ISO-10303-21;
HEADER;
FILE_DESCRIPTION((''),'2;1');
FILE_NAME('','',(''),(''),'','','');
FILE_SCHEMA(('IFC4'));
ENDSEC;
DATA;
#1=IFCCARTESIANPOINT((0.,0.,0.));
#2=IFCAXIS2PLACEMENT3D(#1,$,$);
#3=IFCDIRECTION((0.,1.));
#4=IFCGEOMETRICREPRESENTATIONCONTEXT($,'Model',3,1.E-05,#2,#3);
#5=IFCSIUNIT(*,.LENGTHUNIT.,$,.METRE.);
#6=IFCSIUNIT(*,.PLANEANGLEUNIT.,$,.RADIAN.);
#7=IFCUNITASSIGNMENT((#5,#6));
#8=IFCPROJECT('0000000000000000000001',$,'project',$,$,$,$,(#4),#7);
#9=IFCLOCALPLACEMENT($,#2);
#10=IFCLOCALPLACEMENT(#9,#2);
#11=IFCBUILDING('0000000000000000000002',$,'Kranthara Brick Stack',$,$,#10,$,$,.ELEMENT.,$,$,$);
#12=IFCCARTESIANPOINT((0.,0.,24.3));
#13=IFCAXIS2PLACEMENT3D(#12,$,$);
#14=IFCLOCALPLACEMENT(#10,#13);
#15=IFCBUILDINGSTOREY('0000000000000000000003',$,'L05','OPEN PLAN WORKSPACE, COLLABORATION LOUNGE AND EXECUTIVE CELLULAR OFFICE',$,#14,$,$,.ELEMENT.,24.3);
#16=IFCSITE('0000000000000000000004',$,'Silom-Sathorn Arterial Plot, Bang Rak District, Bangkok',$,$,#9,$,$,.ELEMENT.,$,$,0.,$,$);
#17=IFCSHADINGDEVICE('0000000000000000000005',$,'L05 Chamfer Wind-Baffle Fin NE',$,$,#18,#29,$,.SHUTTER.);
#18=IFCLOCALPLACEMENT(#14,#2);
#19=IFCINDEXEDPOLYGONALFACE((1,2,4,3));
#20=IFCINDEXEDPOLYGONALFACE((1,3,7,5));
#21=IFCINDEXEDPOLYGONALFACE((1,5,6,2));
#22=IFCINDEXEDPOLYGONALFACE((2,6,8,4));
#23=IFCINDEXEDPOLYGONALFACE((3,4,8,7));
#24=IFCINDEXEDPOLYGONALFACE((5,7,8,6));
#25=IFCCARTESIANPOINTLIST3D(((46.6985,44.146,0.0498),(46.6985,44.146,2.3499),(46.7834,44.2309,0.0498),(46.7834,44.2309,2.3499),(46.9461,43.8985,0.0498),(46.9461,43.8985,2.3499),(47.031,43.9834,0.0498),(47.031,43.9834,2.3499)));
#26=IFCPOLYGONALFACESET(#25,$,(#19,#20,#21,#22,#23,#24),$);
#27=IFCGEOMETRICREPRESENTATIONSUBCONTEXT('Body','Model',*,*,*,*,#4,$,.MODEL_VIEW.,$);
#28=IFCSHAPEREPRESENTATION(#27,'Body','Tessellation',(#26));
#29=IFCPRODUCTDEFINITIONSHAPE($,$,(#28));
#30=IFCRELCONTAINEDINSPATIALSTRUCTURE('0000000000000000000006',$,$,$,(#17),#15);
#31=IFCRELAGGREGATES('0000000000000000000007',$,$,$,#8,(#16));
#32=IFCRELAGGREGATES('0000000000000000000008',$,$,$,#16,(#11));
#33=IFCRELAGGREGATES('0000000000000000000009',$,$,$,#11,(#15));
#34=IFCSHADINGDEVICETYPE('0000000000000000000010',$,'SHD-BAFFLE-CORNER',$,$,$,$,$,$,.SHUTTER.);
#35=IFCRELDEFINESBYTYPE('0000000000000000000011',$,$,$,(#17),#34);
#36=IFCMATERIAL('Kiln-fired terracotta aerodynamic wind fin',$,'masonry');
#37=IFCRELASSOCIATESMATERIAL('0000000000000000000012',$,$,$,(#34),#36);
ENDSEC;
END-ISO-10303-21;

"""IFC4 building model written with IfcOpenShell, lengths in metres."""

from ifc_helpers import new_model, si_unit, direction, frame, origin, origin_2d, place, context, subcontext, project, spatial, rectangle, extrude, material, type_object, element, save


model = new_model("IFC4")

# Units and contexts
model_context = context("Model", 3, precision=1e-05, world=origin(), true_north=direction((0.0, 1.0)))
body_context = subcontext(model_context, "Body", "Model", "MODEL_VIEW")
ifc_project = project(units=[si_unit("LENGTHUNIT", "METRE"), si_unit("PLANEANGLEUNIT", "RADIAN")], contexts=[model_context])

# Site, building, storey
site_placement = place(None, origin())
site = spatial("IfcSite", under=ifc_project, at=site_placement, Name="Silom-Sathorn Arterial Plot, Bang Rak District, Bangkok", CompositionType="ELEMENT", RefElevation=0.0)
building_placement = place(site_placement, origin())
building = spatial("IfcBuilding", under=site, at=building_placement, Name="Kranthara Brick Stack", CompositionType="ELEMENT")
storey_placement = place(building_placement, frame((0.0, 0.0, 24.3)))
storey = spatial("IfcBuildingStorey", under=building, at=storey_placement, Name="L05", Description="OPEN PLAN WORKSPACE, COLLABORATION LOUNGE AND EXECUTIVE CELLULAR OFFICE", CompositionType="ELEMENT", Elevation=24.3)

# Shading device
ifc_material_1 = material(Name="Kiln-fired terracotta aerodynamic wind fin", Category="masonry")
shading_device_type = type_object("IfcShadingDeviceType", Name="SHD-BAFFLE-CORNER", PredefinedType="SHUTTER", material=ifc_material_1)
shading_device_placement = place(storey_placement, frame((46.8647, 44.0647, 0.0498), z_axis=(0.0, 0.0, 1.0), x_axis=(0.707107, -0.707107, 0.0)))
element("IfcShadingDevice", 1, at=shading_device_placement, inside=storey, type_object=shading_device_type, Name="L05 Chamfer Wind-Baffle Fin NE", PredefinedType="SHUTTER", context=body_context, shape_type="SweptSolid", body=[
    extrude(rectangle(XDim=0.3501, YDim=0.1201, at=origin_2d()), origin(), (0.0, 0.0, 1.0), 2.3),
])

save(model, "model.ifc")
